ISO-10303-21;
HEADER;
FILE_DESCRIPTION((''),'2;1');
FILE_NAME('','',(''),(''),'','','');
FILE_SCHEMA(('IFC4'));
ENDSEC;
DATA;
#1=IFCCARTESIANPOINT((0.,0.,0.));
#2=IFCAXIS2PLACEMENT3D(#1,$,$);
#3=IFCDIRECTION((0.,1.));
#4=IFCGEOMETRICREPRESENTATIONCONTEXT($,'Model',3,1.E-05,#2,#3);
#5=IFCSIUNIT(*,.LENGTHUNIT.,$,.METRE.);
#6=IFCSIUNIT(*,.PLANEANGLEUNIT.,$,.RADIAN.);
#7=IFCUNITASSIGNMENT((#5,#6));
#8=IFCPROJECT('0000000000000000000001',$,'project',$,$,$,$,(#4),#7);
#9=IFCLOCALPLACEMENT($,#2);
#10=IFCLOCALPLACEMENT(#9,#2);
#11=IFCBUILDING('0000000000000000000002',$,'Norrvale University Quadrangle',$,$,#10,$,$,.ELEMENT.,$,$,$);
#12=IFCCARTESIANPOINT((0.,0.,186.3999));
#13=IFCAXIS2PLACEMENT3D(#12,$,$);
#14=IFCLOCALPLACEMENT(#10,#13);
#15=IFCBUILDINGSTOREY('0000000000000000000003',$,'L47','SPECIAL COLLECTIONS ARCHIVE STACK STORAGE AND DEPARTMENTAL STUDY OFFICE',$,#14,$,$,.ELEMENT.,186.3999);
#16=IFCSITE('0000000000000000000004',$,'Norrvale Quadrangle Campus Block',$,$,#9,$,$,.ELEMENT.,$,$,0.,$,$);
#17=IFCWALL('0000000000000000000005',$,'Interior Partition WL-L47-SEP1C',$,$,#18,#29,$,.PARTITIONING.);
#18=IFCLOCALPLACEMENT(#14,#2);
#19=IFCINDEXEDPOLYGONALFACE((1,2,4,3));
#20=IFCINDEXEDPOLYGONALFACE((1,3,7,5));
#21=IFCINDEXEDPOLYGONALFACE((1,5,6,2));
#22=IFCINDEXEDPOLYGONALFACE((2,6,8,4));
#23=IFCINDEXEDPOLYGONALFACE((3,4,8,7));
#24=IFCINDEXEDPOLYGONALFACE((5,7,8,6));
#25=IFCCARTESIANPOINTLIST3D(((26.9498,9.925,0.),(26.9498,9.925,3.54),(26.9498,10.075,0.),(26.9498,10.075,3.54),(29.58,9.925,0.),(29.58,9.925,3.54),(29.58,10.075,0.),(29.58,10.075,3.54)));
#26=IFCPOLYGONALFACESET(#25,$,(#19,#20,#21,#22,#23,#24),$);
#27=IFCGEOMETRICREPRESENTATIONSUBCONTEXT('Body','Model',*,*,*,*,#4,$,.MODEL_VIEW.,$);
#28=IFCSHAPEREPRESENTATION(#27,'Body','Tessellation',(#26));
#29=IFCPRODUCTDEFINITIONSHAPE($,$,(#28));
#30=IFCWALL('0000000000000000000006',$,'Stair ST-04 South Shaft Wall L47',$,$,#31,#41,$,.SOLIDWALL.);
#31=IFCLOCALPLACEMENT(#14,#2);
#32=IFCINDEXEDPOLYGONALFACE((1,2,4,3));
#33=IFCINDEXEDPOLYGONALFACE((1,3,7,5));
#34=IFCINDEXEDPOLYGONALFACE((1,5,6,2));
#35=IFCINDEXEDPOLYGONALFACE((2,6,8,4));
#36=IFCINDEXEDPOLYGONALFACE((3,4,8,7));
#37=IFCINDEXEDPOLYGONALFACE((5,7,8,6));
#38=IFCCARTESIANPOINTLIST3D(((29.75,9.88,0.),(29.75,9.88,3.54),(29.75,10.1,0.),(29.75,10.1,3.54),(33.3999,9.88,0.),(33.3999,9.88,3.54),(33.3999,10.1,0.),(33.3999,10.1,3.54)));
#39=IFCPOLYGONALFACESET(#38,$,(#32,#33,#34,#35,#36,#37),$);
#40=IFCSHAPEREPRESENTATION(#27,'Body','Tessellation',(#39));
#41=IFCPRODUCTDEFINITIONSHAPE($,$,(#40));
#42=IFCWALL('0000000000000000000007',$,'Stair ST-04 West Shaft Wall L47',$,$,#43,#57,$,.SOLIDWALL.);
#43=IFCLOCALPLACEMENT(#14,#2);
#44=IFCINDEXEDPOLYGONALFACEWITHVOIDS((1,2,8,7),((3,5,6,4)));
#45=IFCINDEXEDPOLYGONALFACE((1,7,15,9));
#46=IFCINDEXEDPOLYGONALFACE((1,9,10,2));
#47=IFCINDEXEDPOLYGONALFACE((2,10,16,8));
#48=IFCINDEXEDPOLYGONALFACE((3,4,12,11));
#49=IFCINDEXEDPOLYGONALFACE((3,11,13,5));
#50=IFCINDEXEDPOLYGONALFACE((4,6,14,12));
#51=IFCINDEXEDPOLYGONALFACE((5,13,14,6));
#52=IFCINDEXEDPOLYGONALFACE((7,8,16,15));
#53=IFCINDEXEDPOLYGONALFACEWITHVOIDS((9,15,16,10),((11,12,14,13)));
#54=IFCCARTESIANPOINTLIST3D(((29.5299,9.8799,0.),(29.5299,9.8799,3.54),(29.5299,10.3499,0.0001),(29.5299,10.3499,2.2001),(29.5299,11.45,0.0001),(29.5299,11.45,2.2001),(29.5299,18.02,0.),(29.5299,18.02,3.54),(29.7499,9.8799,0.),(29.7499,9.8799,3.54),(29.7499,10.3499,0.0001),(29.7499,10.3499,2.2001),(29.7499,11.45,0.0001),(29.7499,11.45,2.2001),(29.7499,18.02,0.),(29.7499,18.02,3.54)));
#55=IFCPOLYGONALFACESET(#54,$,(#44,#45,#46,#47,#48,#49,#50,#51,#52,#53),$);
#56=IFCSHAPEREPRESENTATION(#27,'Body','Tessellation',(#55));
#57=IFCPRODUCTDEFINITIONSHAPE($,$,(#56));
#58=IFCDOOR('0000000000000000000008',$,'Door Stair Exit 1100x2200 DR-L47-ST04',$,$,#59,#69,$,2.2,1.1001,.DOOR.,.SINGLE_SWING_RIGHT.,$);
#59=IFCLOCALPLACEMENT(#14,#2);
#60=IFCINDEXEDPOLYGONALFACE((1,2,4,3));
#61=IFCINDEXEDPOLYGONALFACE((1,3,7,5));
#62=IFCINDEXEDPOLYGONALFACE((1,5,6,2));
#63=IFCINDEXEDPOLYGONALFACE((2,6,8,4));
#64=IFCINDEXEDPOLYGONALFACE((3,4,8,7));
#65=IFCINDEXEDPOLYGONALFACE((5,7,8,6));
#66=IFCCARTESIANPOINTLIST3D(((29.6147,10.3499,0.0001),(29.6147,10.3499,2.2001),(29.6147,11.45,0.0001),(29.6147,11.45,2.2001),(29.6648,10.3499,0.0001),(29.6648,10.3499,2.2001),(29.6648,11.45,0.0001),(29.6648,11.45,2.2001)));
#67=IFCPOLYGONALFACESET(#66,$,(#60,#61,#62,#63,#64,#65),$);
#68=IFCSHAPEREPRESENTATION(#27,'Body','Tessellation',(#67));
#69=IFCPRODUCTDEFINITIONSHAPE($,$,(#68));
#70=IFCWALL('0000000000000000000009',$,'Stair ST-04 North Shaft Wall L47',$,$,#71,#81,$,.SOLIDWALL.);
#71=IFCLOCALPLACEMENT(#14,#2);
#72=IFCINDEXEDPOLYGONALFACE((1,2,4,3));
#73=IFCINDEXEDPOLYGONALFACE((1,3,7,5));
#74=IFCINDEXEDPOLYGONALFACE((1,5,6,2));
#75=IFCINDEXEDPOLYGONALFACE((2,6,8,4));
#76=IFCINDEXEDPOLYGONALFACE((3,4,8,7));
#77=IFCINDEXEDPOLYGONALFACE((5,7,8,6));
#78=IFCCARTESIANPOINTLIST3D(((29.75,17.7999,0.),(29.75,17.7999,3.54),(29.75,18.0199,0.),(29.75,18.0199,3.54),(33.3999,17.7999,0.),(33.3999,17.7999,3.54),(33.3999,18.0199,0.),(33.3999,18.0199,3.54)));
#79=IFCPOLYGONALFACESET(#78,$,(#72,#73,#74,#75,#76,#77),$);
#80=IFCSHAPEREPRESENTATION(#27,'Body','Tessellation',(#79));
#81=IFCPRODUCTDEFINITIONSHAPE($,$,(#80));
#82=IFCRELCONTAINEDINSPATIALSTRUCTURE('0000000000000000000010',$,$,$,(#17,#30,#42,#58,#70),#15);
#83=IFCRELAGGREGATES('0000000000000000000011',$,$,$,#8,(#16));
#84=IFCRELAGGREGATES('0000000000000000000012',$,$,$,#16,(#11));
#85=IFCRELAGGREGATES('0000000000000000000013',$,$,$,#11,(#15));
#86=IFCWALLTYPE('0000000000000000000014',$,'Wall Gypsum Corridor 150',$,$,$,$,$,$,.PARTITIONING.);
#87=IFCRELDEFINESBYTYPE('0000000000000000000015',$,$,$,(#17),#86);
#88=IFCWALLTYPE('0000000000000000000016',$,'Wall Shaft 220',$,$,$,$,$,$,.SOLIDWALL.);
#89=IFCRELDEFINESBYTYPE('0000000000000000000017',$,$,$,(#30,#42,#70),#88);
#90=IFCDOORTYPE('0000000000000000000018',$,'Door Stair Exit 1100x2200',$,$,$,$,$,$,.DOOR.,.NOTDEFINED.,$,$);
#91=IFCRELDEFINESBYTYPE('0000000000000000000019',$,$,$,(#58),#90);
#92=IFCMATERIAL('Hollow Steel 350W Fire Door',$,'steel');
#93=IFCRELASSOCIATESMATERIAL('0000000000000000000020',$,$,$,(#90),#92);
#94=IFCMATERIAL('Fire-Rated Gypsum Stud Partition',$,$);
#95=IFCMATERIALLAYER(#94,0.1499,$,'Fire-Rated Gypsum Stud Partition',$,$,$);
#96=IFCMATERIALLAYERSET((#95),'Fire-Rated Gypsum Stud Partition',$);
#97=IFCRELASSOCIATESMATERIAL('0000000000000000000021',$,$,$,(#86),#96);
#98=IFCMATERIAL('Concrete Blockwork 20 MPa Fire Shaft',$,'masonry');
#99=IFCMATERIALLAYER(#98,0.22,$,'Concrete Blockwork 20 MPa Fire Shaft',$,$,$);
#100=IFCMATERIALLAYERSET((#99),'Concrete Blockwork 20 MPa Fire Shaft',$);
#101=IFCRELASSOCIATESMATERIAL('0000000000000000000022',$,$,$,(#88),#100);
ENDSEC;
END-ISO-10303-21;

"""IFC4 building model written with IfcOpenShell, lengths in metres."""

from ifc_helpers import new_model, si_unit, direction, frame, frame_2d, origin, place, context, subcontext, project, spatial, rectangle, extrude, material, layer, layer_set, type_object, element, fill, save


model = new_model("IFC4")

# Units and contexts
model_context = context("Model", 3, precision=1e-05, world=origin(), true_north=direction((0.0, 1.0)))
body_context = subcontext(model_context, "Body", "Model", "MODEL_VIEW")
ifc_project = project(units=[si_unit("LENGTHUNIT", "METRE"), si_unit("PLANEANGLEUNIT", "RADIAN")], contexts=[model_context])

# Site, building, storey
site_placement = place(None, origin())
site = spatial("IfcSite", under=ifc_project, at=site_placement, Name="Norrvale Quadrangle Campus Block", CompositionType="ELEMENT", RefElevation=0.0)
building_placement = place(site_placement, origin())
building = spatial("IfcBuilding", under=site, at=building_placement, Name="Norrvale University Quadrangle", CompositionType="ELEMENT")
storey_placement = place(building_placement, frame((0.0, 0.0, 186.3999)))
storey = spatial("IfcBuildingStorey", under=building, at=storey_placement, Name="L47", Description="SPECIAL COLLECTIONS ARCHIVE STACK STORAGE AND DEPARTMENTAL STUDY OFFICE", CompositionType="ELEMENT", Elevation=186.3999)

# Shared definitions
ifc_material_1 = material(Name="Hollow Steel 350W Fire Door", Category="steel")
door_type = type_object("IfcDoorType", Name="Door Stair Exit 1100x2200", OperationType="NOTDEFINED", PredefinedType="DOOR", material=ifc_material_1)

# Walls
ifc_material_2 = material(Name="Fire-Rated Gypsum Stud Partition")
ifc_layer_1 = layer(ifc_material_2, 0.1499, Name="Fire-Rated Gypsum Stud Partition")
ifc_layer_set_1 = layer_set([ifc_layer_1], Name="Fire-Rated Gypsum Stud Partition")
wall_type_1 = type_object("IfcWallType", Name="Wall Gypsum Corridor 150", PredefinedType="PARTITIONING", material=ifc_layer_set_1)
wall_1_placement = place(storey_placement, frame((26.95, 10.0, 0.0), z_axis=(0.0, 0.0, 1.0), x_axis=(1.0, 0.0, 0.0)))
element("IfcWall", 1, at=wall_1_placement, inside=storey, type_object=wall_type_1, Name="Interior Partition WL-L47-SEP1C", PredefinedType="PARTITIONING", context=body_context, shape_type="SweptSolid", body=[
    extrude(rectangle(XDim=2.6301, YDim=0.1499, at=frame_2d((1.3149, 0.0))), origin(), (0.0, 0.0, 1.0), 3.54),
])
ifc_material_3 = material(Name="Concrete Blockwork 20 MPa Fire Shaft", Category="masonry")
ifc_layer_2 = layer(ifc_material_3, 0.22, Name="Concrete Blockwork 20 MPa Fire Shaft")
ifc_layer_set_2 = layer_set([ifc_layer_2], Name="Concrete Blockwork 20 MPa Fire Shaft")
wall_type_2 = type_object("IfcWallType", Name="Wall Shaft 220", PredefinedType="SOLIDWALL", material=ifc_layer_set_2)
wall_2_placement = place(storey_placement, frame((29.75, 9.99, 0.0), z_axis=(0.0, 0.0, 1.0), x_axis=(1.0, 0.0, 0.0)))
element("IfcWall", 2, at=wall_2_placement, inside=storey, type_object=wall_type_2, Name="Stair ST-04 South Shaft Wall L47", PredefinedType="SOLIDWALL", context=body_context, shape_type="SweptSolid", body=[
    extrude(rectangle(XDim=3.6499, YDim=0.22, at=frame_2d((1.825, 0.0))), origin(), (0.0, 0.0, 1.0), 3.54),
])

# Wall, opening, door
wall_3_placement = place(storey_placement, frame((29.6399, 9.8799, 0.0), z_axis=(0.0, 0.0, 1.0), x_axis=(0.0, 1.0, 0.0)))
wall_3 = element("IfcWall", 3, at=wall_3_placement, inside=storey, type_object=wall_type_2, Name="Stair ST-04 West Shaft Wall L47", PredefinedType="SOLIDWALL", context=body_context, shape_type="SweptSolid", body=[
    extrude(rectangle(XDim=8.1401, YDim=0.22, at=frame_2d((4.0701, 0.0))), origin(), (0.0, 0.0, 1.0), 3.54),
])
opening_1_placement = place(wall_3_placement, frame((0.47, 0.0, 0.0)))
opening_1 = element("IfcOpeningElement", 4, at=opening_1_placement, cuts=wall_3, PredefinedType="OPENING", context=body_context, shape_type="SweptSolid", body=[
    extrude(rectangle(XDim=1.1001, YDim=2.2, at=frame_2d((0.55, 1.1001))), frame((0.0, 0.1221, 0.0), z_axis=(0.0, -1.0, 0.0), x_axis=(1.0, 0.0, 0.0)), (0.0, 0.0, 1.0), 0.2439),
])
door_1_placement = place(opening_1_placement, frame((1.1001, 0.0, 0.0), z_axis=(0.0, 0.0, 1.0), x_axis=(-1.0, 0.0, 0.0)))
door_1 = element("IfcDoor", 5, at=door_1_placement, inside=storey, type_object=door_type, Name="Door Stair Exit 1100x2200 DR-L47-ST04", OperationType="SINGLE_SWING_RIGHT", OverallHeight=2.2, OverallWidth=1.1001, PredefinedType="DOOR", context=body_context, shape_type="SweptSolid", body=[
    extrude(rectangle(XDim=1.1001, YDim=2.2, at=frame_2d((0.55, 1.1001))), frame((0.0, 0.0249, 0.0), z_axis=(0.0, -1.0, 0.0), x_axis=(1.0, 0.0, 0.0)), (0.0, 0.0, 1.0), 0.05),
])
fill(opening_1, door_1)

# Wall
wall_4_placement = place(storey_placement, frame((29.75, 17.9099, 0.0), z_axis=(0.0, 0.0, 1.0), x_axis=(1.0, 0.0, 0.0)))
element("IfcWall", 6, at=wall_4_placement, inside=storey, type_object=wall_type_2, Name="Stair ST-04 North Shaft Wall L47", PredefinedType="SOLIDWALL", context=body_context, shape_type="SweptSolid", body=[
    extrude(rectangle(XDim=3.6499, YDim=0.22, at=frame_2d((1.825, 0.0))), origin(), (0.0, 0.0, 1.0), 3.54),
])

save(model, "model.ifc")
